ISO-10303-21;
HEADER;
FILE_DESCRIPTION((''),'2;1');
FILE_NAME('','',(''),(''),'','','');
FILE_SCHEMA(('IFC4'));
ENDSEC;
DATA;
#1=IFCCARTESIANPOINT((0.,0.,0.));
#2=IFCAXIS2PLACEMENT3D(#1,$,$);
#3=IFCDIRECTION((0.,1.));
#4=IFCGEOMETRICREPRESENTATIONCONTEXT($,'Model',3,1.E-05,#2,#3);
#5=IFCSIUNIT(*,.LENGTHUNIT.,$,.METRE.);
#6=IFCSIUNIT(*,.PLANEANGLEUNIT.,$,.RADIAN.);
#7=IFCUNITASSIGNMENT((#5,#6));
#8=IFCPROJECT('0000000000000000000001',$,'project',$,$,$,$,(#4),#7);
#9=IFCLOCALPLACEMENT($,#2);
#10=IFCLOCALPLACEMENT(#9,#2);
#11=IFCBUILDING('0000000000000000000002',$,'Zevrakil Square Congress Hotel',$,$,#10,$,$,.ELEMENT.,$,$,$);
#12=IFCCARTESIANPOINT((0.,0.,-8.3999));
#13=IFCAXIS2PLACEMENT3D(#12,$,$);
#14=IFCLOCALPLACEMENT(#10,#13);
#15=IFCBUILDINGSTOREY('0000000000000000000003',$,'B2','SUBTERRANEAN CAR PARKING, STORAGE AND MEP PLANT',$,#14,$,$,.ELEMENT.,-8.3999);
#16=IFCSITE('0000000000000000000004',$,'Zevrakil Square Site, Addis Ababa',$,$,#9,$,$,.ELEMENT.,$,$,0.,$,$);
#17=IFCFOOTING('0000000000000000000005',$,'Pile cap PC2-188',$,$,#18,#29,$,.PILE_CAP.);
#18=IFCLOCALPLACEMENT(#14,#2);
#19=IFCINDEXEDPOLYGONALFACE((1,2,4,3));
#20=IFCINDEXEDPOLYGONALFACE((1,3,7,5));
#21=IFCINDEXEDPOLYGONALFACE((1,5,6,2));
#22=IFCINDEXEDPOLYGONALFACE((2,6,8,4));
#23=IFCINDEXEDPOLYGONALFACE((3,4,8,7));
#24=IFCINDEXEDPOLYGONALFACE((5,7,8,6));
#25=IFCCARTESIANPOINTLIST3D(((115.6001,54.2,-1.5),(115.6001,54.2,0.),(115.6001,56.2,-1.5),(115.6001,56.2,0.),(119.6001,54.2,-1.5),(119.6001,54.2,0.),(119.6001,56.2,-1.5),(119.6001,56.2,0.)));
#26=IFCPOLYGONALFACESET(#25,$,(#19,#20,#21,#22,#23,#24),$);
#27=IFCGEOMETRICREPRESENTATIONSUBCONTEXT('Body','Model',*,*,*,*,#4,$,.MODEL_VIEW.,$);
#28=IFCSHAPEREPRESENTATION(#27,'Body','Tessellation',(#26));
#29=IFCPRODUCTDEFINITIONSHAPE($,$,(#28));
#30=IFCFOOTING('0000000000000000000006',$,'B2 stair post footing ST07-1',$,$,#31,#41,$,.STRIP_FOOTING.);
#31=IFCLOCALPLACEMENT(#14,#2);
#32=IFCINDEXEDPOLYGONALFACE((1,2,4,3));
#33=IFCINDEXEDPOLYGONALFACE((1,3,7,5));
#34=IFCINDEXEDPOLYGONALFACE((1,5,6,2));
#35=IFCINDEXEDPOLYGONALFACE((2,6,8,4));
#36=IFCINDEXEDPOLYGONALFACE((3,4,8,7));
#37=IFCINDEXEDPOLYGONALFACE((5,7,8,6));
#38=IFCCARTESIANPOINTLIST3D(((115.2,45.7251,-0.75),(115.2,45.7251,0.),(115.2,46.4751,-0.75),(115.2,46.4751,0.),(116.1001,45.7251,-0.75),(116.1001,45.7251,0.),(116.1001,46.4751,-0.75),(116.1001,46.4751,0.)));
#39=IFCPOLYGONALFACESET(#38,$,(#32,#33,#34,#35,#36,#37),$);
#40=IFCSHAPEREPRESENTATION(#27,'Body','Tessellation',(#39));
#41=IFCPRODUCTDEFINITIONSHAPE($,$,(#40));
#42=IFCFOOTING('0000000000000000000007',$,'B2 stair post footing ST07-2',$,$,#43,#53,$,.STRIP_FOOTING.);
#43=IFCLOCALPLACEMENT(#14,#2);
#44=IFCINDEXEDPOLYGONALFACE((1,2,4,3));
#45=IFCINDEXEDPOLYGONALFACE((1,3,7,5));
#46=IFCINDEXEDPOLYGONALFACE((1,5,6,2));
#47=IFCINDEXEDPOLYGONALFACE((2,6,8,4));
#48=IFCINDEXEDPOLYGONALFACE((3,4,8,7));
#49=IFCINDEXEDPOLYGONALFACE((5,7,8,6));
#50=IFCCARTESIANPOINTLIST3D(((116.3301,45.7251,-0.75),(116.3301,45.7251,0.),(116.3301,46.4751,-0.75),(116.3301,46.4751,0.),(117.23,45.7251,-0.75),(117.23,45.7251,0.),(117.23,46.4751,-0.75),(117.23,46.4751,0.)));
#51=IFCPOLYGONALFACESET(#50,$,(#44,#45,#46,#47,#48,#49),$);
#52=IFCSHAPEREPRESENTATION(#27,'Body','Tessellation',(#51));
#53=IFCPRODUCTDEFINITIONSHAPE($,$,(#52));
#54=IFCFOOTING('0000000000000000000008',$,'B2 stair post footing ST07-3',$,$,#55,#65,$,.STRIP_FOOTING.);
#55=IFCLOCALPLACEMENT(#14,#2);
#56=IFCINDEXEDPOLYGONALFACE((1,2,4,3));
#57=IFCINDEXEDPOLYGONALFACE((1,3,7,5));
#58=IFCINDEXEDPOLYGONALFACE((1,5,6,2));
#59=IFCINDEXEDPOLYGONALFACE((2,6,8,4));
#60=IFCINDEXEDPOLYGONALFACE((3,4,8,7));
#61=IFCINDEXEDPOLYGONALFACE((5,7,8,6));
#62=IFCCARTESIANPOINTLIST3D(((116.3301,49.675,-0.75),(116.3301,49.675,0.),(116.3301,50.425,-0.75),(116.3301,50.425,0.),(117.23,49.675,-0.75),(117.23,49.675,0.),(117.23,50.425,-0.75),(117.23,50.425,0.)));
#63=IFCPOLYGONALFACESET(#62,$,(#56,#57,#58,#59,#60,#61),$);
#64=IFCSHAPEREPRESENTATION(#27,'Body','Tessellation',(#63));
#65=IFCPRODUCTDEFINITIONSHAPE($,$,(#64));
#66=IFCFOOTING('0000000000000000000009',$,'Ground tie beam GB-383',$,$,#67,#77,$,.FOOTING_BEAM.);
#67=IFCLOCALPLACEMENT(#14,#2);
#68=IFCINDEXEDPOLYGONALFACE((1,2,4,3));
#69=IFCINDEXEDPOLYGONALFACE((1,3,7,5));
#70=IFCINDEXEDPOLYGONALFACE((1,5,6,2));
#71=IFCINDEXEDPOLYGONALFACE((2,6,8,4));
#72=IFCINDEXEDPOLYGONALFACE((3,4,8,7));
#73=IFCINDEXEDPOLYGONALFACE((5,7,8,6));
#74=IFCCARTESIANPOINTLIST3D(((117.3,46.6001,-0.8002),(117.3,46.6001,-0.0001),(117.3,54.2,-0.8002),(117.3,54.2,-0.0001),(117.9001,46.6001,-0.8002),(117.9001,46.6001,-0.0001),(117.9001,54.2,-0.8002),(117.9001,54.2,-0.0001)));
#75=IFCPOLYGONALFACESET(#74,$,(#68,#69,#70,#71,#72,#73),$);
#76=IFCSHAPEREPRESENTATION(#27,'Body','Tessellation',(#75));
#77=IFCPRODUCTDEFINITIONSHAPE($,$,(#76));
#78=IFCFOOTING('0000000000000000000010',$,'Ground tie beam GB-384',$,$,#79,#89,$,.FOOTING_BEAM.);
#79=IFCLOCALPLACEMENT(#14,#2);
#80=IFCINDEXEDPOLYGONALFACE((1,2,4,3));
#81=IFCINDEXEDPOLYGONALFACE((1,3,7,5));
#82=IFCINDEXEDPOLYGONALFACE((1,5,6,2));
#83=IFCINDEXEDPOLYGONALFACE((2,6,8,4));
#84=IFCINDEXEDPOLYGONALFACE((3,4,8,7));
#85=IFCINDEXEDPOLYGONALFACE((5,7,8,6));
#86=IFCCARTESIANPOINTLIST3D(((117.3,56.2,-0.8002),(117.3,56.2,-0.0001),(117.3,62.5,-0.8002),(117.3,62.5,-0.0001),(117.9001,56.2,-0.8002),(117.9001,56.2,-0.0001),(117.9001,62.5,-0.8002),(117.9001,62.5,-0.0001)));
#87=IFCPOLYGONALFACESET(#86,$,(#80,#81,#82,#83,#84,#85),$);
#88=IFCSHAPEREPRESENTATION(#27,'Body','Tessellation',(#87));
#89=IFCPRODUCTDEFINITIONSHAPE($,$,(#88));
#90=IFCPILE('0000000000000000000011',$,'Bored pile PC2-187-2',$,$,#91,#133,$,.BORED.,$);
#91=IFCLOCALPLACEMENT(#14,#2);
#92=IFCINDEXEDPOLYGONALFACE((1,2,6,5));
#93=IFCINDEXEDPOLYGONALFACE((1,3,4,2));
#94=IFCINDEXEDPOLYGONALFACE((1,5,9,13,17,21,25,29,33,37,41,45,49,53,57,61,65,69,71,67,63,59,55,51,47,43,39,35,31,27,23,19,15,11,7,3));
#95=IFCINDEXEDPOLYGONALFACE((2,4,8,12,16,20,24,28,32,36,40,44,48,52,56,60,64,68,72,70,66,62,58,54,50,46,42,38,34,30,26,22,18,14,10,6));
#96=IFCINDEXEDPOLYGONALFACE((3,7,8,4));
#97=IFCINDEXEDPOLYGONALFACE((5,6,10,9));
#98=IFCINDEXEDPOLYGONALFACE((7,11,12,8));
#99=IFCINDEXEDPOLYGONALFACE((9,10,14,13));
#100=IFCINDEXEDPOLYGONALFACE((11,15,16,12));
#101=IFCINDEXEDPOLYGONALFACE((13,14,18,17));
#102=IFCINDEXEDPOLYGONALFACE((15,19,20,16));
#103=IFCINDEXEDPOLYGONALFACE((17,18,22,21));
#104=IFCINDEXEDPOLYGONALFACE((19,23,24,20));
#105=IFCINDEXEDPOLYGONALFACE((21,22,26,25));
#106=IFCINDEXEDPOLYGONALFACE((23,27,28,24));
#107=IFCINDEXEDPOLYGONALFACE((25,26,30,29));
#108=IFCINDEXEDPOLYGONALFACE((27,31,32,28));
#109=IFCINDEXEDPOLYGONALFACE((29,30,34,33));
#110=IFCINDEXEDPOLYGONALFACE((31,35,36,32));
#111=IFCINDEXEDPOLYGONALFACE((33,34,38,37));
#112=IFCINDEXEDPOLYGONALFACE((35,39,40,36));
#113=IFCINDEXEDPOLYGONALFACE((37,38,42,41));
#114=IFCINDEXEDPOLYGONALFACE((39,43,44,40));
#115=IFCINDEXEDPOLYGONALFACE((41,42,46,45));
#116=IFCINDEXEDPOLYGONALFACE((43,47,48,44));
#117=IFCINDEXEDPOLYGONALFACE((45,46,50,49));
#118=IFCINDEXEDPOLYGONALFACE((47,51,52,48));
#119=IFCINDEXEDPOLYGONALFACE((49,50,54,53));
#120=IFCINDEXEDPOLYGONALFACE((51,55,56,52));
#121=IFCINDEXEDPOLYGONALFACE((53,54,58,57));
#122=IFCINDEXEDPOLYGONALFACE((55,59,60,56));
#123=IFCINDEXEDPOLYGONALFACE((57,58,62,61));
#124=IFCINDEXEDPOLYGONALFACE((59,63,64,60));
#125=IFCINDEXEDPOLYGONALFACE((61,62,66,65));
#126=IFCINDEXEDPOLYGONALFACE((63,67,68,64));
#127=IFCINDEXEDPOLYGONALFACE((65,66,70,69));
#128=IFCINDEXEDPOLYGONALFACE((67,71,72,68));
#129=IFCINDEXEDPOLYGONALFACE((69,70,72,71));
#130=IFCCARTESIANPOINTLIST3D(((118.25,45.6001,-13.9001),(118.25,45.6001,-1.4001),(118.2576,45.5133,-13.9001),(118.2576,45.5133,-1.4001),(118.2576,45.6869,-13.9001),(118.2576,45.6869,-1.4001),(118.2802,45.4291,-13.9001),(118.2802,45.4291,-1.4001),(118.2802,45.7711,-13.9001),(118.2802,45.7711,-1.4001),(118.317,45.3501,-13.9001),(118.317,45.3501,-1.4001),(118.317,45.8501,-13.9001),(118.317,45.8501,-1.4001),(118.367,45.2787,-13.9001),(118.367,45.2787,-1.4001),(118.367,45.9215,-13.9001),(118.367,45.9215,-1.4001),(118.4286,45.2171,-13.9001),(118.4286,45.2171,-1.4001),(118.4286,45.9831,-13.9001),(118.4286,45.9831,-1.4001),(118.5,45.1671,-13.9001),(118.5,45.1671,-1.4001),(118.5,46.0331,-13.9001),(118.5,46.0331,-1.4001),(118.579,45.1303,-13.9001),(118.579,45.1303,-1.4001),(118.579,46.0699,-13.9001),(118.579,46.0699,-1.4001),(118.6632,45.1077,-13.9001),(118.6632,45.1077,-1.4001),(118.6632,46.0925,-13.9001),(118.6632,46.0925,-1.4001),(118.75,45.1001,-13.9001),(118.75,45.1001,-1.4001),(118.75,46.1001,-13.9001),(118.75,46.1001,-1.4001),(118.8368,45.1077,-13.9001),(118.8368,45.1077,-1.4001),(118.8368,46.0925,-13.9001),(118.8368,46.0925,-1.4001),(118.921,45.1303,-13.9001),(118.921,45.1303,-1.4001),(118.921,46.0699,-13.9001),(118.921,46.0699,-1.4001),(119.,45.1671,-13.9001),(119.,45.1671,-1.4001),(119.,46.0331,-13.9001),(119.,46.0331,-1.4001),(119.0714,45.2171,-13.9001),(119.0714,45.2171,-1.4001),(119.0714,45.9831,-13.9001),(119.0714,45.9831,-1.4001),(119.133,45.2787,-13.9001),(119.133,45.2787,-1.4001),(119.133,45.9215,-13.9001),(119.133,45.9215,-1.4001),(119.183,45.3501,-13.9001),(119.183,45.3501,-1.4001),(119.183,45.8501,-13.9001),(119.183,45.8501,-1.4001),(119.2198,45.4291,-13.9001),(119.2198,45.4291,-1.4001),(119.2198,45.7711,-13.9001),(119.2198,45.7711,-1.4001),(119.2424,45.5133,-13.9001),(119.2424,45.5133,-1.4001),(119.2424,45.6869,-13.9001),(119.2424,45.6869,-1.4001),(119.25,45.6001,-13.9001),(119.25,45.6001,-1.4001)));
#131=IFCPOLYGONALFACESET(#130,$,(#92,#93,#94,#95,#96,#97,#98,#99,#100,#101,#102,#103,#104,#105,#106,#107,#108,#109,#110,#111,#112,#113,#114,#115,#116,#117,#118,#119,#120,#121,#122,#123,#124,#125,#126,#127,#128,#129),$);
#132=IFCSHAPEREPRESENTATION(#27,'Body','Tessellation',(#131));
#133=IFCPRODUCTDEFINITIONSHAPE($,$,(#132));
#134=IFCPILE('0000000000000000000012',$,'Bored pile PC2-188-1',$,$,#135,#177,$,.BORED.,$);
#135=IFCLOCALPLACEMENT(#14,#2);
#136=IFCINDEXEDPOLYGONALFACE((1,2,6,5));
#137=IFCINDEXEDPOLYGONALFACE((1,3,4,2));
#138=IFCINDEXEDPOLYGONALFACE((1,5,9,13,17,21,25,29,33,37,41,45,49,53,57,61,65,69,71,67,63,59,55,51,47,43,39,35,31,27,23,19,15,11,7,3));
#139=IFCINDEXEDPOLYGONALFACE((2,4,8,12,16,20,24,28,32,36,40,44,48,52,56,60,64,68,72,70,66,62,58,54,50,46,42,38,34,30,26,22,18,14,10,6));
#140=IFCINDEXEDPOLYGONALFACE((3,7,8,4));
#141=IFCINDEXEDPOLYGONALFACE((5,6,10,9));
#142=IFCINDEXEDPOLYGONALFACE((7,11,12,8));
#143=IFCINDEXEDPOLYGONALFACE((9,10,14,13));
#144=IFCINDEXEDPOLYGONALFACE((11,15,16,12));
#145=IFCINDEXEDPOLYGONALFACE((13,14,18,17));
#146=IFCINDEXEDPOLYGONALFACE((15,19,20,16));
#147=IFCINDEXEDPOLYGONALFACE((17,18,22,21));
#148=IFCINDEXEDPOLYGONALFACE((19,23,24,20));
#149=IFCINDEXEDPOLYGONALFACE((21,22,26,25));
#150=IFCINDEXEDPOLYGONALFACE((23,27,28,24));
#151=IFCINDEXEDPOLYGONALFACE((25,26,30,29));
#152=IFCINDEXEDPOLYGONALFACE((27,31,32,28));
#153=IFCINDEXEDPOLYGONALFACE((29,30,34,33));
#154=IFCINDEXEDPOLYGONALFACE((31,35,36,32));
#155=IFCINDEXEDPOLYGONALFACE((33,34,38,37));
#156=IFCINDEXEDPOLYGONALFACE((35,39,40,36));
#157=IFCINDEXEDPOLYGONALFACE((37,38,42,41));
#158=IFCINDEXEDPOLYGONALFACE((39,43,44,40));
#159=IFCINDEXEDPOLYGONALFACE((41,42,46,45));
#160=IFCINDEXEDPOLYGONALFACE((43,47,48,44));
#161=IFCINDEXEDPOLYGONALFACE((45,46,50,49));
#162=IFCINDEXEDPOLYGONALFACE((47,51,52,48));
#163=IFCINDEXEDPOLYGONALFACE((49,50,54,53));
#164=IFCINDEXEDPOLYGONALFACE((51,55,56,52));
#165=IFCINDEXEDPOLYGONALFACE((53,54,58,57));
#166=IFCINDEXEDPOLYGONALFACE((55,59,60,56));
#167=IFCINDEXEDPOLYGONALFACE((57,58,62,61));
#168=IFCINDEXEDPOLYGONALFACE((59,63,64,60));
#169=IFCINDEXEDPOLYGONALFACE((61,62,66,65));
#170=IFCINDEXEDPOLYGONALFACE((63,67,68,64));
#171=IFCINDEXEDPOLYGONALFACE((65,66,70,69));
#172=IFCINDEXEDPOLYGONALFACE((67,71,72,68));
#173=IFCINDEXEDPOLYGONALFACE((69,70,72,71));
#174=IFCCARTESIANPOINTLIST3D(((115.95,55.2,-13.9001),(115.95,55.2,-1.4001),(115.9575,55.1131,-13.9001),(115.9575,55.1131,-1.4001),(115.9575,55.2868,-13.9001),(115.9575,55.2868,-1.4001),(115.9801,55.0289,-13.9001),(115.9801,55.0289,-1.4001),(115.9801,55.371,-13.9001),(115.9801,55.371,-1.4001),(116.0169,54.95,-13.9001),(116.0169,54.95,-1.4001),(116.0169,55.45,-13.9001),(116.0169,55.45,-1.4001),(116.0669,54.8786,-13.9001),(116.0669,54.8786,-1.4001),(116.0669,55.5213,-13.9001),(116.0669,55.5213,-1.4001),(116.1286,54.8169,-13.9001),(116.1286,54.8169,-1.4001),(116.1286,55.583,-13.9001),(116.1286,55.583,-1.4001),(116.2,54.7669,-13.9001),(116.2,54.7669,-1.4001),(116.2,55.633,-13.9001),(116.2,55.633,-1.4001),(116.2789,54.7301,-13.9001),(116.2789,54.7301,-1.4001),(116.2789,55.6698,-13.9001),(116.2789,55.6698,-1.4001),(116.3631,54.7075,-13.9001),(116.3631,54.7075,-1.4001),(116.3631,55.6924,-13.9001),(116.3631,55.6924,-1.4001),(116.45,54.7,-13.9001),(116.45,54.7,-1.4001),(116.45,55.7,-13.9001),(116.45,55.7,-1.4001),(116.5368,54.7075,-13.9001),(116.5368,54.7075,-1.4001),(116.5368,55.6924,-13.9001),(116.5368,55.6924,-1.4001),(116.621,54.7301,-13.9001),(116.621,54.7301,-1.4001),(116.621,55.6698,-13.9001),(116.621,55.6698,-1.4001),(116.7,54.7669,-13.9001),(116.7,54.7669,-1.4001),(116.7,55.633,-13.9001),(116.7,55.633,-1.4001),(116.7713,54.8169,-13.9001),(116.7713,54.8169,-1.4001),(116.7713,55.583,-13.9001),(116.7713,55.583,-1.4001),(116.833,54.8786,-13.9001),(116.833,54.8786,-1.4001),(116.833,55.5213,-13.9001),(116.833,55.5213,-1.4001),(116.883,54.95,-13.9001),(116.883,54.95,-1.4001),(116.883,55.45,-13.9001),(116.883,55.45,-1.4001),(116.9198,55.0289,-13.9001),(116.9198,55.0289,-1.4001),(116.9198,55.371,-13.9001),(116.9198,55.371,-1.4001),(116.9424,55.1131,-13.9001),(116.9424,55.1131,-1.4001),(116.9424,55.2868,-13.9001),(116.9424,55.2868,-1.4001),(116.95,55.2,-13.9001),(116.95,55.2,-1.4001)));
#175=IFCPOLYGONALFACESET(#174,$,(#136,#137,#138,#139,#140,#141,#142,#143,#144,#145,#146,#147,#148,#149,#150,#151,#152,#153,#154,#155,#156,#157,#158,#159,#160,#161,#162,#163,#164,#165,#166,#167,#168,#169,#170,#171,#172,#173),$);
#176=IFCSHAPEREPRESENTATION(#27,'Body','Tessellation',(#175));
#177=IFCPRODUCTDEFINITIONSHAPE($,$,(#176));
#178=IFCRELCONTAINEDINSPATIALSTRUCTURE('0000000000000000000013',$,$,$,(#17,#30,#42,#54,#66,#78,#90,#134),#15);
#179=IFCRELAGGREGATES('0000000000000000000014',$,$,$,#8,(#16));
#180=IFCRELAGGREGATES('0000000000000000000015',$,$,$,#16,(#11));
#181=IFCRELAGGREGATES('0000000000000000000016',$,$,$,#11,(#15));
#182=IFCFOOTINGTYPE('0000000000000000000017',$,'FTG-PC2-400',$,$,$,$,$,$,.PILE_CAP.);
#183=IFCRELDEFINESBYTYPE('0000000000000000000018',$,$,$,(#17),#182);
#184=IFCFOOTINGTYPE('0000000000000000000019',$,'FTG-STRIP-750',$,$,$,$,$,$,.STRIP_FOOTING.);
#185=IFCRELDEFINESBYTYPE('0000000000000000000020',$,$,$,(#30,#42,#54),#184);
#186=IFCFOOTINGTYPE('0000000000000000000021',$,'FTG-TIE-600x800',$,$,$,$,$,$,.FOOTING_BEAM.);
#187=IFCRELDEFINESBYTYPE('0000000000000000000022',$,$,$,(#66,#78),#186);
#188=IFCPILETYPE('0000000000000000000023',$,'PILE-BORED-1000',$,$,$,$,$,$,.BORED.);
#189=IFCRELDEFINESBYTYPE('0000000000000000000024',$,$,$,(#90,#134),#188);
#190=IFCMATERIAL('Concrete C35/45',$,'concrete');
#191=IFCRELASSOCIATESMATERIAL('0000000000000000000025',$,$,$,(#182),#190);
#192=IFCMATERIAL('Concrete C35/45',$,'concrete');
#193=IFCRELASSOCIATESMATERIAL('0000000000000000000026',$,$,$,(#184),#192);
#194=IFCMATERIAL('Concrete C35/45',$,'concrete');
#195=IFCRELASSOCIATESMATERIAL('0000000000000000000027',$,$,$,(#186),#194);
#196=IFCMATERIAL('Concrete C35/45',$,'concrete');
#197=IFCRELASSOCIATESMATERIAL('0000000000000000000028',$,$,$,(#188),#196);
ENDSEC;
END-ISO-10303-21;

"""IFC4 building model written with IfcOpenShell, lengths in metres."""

from ifc_helpers import new_model, si_unit, direction, frame, origin, origin_2d, place, context, subcontext, project, spatial, rectangle, circle, extrude, material, material_profile, profile_set, type_object, element, save


model = new_model("IFC4")

# Units and contexts
model_context = context("Model", 3, precision=1e-05, world=origin(), true_north=direction((0.0, 1.0)))
body_context = subcontext(model_context, "Body", "Model", "MODEL_VIEW")
ifc_project = project(units=[si_unit("LENGTHUNIT", "METRE"), si_unit("PLANEANGLEUNIT", "RADIAN")], contexts=[model_context])

# Site, building, storey
site_placement = place(None, origin())
site = spatial("IfcSite", under=ifc_project, at=site_placement, Name="Zevrakil Square Site, Addis Ababa", CompositionType="ELEMENT", RefElevation=0.0)
building_placement = place(site_placement, origin())
building = spatial("IfcBuilding", under=site, at=building_placement, Name="Zevrakil Square Congress Hotel", CompositionType="ELEMENT")
storey_placement = place(building_placement, frame((0.0, 0.0, -8.3999)))
storey = spatial("IfcBuildingStorey", under=building, at=storey_placement, Name="B2", Description="SUBTERRANEAN CAR PARKING, STORAGE AND MEP PLANT", CompositionType="ELEMENT", Elevation=-8.3999)

# Footings
ifc_material_1 = material(Name="Concrete C35/45", Category="concrete")
footing_type_1 = type_object("IfcFootingType", Name="FTG-PC2-400", PredefinedType="PILE_CAP", material=ifc_material_1)
footing_1_placement = place(storey_placement, frame((117.6001, 55.2, -1.5), z_axis=(0.0, 0.0, 1.0), x_axis=(1.0, 0.0, 0.0)))
element("IfcFooting", 1, at=footing_1_placement, inside=storey, type_object=footing_type_1, Name="Pile cap PC2-188", PredefinedType="PILE_CAP", context=body_context, shape_type="SweptSolid", body=[
    extrude(rectangle(XDim=4.0, YDim=2.0, at=origin_2d()), origin(), (0.0, 0.0, 1.0), 1.5),
])
ifc_material_2 = material(Name="Concrete C35/45", Category="concrete")
ifc_material_profile_1 = material_profile(ifc_material_2, rectangle(XDim=0.75, YDim=0.75, at=origin_2d()), Name="RC 750x750")
ifc_profile_set_1 = profile_set([ifc_material_profile_1], Name="Concrete C35/45")
footing_type_2 = type_object("IfcFootingType", Name="FTG-STRIP-750", PredefinedType="STRIP_FOOTING", material=ifc_profile_set_1)
footing_2_placement = place(storey_placement, frame((115.2, 46.1001, -0.375), z_axis=(1.0, 0.0, 0.0), x_axis=(0.0, 1.0, 0.0)))
element("IfcFooting", 2, at=footing_2_placement, inside=storey, type_object=footing_type_2, Name="B2 stair post footing ST07-1", PredefinedType="STRIP_FOOTING", context=body_context, shape_type="SweptSolid", body=[
    extrude(rectangle(XDim=0.75, YDim=0.75, at=origin_2d()), origin(), (0.0, 0.0, 1.0), 0.9001),
])
for number, where, z_axis, x_axis, name in (
    (3, (116.3301, 46.1001, -0.375), (1.0, 0.0, 0.0), (0.0, 1.0, 0.0), "B2 stair post footing ST07-2"),
    (4, (116.3301, 50.05, -0.375), (1.0, 0.0, 0.0), (0.0, 1.0, 0.0), "B2 stair post footing ST07-3"),
):
    element("IfcFooting", number, at=place(storey_placement, frame(where, z_axis=z_axis, x_axis=x_axis)), inside=storey, type_object=footing_type_2, Name=name, PredefinedType="STRIP_FOOTING", context=body_context, shape_type="SweptSolid", body=[
        extrude(rectangle(XDim=0.75, YDim=0.75, at=origin_2d()), origin(), (0.0, 0.0, 1.0), 0.8999),
    ])
ifc_material_3 = material(Name="Concrete C35/45", Category="concrete")
ifc_material_profile_2 = material_profile(ifc_material_3, rectangle(XDim=0.6001, YDim=0.8, at=origin_2d()), Name="RC 600x800")
ifc_profile_set_2 = profile_set([ifc_material_profile_2], Name="Concrete C35/45")
footing_type_3 = type_object("IfcFootingType", Name="FTG-TIE-600x800", PredefinedType="FOOTING_BEAM", material=ifc_profile_set_2)
footing_3_placement = place(storey_placement, frame((117.6001, 46.6001, -0.4001), z_axis=(0.0, 1.0, 0.0), x_axis=(-1.0, 0.0, 0.0)))
element("IfcFooting", 5, at=footing_3_placement, inside=storey, type_object=footing_type_3, Name="Ground tie beam GB-383", PredefinedType="FOOTING_BEAM", context=body_context, shape_type="SweptSolid", body=[
    extrude(rectangle(XDim=0.6001, YDim=0.8, at=origin_2d()), origin(), (0.0, 0.0, 1.0), 7.5999),
])
footing_4_placement = place(storey_placement, frame((117.6001, 56.2, -0.4001), z_axis=(0.0, 1.0, 0.0), x_axis=(-1.0, 0.0, 0.0)))
element("IfcFooting", 6, at=footing_4_placement, inside=storey, type_object=footing_type_3, Name="Ground tie beam GB-384", PredefinedType="FOOTING_BEAM", context=body_context, shape_type="SweptSolid", body=[
    extrude(rectangle(XDim=0.6001, YDim=0.8, at=origin_2d()), origin(), (0.0, 0.0, 1.0), 6.3),
])

# Piles
ifc_material_4 = material(Name="Concrete C35/45", Category="concrete")
ifc_material_profile_3 = material_profile(ifc_material_4, circle(Radius=0.5, at=origin_2d()), Name="PILE D1000")
ifc_profile_set_3 = profile_set([ifc_material_profile_3], Name="Concrete C35/45")
pile_type_1 = type_object("IfcPileType", Name="PILE-BORED-1000", PredefinedType="BORED", material=ifc_profile_set_3)
for number, where, z_axis, x_axis, name in (
    (7, (118.75, 45.6001, -1.4001), (0.0, 0.0, -1.0), (1.0, 0.0, 0.0), "Bored pile PC2-187-2"),
    (8, (116.45, 55.2, -1.4001), (0.0, 0.0, -1.0), (1.0, 0.0, 0.0), "Bored pile PC2-188-1"),
):
    element("IfcPile", number, at=place(storey_placement, frame(where, z_axis=z_axis, x_axis=x_axis)), inside=storey, type_object=pile_type_1, Name=name, PredefinedType="BORED", context=body_context, shape_type="SweptSolid", body=[
        extrude(circle(Radius=0.5, at=origin_2d()), origin(), (0.0, 0.0, 1.0), 12.5),
    ])

save(model, "model.ifc")
